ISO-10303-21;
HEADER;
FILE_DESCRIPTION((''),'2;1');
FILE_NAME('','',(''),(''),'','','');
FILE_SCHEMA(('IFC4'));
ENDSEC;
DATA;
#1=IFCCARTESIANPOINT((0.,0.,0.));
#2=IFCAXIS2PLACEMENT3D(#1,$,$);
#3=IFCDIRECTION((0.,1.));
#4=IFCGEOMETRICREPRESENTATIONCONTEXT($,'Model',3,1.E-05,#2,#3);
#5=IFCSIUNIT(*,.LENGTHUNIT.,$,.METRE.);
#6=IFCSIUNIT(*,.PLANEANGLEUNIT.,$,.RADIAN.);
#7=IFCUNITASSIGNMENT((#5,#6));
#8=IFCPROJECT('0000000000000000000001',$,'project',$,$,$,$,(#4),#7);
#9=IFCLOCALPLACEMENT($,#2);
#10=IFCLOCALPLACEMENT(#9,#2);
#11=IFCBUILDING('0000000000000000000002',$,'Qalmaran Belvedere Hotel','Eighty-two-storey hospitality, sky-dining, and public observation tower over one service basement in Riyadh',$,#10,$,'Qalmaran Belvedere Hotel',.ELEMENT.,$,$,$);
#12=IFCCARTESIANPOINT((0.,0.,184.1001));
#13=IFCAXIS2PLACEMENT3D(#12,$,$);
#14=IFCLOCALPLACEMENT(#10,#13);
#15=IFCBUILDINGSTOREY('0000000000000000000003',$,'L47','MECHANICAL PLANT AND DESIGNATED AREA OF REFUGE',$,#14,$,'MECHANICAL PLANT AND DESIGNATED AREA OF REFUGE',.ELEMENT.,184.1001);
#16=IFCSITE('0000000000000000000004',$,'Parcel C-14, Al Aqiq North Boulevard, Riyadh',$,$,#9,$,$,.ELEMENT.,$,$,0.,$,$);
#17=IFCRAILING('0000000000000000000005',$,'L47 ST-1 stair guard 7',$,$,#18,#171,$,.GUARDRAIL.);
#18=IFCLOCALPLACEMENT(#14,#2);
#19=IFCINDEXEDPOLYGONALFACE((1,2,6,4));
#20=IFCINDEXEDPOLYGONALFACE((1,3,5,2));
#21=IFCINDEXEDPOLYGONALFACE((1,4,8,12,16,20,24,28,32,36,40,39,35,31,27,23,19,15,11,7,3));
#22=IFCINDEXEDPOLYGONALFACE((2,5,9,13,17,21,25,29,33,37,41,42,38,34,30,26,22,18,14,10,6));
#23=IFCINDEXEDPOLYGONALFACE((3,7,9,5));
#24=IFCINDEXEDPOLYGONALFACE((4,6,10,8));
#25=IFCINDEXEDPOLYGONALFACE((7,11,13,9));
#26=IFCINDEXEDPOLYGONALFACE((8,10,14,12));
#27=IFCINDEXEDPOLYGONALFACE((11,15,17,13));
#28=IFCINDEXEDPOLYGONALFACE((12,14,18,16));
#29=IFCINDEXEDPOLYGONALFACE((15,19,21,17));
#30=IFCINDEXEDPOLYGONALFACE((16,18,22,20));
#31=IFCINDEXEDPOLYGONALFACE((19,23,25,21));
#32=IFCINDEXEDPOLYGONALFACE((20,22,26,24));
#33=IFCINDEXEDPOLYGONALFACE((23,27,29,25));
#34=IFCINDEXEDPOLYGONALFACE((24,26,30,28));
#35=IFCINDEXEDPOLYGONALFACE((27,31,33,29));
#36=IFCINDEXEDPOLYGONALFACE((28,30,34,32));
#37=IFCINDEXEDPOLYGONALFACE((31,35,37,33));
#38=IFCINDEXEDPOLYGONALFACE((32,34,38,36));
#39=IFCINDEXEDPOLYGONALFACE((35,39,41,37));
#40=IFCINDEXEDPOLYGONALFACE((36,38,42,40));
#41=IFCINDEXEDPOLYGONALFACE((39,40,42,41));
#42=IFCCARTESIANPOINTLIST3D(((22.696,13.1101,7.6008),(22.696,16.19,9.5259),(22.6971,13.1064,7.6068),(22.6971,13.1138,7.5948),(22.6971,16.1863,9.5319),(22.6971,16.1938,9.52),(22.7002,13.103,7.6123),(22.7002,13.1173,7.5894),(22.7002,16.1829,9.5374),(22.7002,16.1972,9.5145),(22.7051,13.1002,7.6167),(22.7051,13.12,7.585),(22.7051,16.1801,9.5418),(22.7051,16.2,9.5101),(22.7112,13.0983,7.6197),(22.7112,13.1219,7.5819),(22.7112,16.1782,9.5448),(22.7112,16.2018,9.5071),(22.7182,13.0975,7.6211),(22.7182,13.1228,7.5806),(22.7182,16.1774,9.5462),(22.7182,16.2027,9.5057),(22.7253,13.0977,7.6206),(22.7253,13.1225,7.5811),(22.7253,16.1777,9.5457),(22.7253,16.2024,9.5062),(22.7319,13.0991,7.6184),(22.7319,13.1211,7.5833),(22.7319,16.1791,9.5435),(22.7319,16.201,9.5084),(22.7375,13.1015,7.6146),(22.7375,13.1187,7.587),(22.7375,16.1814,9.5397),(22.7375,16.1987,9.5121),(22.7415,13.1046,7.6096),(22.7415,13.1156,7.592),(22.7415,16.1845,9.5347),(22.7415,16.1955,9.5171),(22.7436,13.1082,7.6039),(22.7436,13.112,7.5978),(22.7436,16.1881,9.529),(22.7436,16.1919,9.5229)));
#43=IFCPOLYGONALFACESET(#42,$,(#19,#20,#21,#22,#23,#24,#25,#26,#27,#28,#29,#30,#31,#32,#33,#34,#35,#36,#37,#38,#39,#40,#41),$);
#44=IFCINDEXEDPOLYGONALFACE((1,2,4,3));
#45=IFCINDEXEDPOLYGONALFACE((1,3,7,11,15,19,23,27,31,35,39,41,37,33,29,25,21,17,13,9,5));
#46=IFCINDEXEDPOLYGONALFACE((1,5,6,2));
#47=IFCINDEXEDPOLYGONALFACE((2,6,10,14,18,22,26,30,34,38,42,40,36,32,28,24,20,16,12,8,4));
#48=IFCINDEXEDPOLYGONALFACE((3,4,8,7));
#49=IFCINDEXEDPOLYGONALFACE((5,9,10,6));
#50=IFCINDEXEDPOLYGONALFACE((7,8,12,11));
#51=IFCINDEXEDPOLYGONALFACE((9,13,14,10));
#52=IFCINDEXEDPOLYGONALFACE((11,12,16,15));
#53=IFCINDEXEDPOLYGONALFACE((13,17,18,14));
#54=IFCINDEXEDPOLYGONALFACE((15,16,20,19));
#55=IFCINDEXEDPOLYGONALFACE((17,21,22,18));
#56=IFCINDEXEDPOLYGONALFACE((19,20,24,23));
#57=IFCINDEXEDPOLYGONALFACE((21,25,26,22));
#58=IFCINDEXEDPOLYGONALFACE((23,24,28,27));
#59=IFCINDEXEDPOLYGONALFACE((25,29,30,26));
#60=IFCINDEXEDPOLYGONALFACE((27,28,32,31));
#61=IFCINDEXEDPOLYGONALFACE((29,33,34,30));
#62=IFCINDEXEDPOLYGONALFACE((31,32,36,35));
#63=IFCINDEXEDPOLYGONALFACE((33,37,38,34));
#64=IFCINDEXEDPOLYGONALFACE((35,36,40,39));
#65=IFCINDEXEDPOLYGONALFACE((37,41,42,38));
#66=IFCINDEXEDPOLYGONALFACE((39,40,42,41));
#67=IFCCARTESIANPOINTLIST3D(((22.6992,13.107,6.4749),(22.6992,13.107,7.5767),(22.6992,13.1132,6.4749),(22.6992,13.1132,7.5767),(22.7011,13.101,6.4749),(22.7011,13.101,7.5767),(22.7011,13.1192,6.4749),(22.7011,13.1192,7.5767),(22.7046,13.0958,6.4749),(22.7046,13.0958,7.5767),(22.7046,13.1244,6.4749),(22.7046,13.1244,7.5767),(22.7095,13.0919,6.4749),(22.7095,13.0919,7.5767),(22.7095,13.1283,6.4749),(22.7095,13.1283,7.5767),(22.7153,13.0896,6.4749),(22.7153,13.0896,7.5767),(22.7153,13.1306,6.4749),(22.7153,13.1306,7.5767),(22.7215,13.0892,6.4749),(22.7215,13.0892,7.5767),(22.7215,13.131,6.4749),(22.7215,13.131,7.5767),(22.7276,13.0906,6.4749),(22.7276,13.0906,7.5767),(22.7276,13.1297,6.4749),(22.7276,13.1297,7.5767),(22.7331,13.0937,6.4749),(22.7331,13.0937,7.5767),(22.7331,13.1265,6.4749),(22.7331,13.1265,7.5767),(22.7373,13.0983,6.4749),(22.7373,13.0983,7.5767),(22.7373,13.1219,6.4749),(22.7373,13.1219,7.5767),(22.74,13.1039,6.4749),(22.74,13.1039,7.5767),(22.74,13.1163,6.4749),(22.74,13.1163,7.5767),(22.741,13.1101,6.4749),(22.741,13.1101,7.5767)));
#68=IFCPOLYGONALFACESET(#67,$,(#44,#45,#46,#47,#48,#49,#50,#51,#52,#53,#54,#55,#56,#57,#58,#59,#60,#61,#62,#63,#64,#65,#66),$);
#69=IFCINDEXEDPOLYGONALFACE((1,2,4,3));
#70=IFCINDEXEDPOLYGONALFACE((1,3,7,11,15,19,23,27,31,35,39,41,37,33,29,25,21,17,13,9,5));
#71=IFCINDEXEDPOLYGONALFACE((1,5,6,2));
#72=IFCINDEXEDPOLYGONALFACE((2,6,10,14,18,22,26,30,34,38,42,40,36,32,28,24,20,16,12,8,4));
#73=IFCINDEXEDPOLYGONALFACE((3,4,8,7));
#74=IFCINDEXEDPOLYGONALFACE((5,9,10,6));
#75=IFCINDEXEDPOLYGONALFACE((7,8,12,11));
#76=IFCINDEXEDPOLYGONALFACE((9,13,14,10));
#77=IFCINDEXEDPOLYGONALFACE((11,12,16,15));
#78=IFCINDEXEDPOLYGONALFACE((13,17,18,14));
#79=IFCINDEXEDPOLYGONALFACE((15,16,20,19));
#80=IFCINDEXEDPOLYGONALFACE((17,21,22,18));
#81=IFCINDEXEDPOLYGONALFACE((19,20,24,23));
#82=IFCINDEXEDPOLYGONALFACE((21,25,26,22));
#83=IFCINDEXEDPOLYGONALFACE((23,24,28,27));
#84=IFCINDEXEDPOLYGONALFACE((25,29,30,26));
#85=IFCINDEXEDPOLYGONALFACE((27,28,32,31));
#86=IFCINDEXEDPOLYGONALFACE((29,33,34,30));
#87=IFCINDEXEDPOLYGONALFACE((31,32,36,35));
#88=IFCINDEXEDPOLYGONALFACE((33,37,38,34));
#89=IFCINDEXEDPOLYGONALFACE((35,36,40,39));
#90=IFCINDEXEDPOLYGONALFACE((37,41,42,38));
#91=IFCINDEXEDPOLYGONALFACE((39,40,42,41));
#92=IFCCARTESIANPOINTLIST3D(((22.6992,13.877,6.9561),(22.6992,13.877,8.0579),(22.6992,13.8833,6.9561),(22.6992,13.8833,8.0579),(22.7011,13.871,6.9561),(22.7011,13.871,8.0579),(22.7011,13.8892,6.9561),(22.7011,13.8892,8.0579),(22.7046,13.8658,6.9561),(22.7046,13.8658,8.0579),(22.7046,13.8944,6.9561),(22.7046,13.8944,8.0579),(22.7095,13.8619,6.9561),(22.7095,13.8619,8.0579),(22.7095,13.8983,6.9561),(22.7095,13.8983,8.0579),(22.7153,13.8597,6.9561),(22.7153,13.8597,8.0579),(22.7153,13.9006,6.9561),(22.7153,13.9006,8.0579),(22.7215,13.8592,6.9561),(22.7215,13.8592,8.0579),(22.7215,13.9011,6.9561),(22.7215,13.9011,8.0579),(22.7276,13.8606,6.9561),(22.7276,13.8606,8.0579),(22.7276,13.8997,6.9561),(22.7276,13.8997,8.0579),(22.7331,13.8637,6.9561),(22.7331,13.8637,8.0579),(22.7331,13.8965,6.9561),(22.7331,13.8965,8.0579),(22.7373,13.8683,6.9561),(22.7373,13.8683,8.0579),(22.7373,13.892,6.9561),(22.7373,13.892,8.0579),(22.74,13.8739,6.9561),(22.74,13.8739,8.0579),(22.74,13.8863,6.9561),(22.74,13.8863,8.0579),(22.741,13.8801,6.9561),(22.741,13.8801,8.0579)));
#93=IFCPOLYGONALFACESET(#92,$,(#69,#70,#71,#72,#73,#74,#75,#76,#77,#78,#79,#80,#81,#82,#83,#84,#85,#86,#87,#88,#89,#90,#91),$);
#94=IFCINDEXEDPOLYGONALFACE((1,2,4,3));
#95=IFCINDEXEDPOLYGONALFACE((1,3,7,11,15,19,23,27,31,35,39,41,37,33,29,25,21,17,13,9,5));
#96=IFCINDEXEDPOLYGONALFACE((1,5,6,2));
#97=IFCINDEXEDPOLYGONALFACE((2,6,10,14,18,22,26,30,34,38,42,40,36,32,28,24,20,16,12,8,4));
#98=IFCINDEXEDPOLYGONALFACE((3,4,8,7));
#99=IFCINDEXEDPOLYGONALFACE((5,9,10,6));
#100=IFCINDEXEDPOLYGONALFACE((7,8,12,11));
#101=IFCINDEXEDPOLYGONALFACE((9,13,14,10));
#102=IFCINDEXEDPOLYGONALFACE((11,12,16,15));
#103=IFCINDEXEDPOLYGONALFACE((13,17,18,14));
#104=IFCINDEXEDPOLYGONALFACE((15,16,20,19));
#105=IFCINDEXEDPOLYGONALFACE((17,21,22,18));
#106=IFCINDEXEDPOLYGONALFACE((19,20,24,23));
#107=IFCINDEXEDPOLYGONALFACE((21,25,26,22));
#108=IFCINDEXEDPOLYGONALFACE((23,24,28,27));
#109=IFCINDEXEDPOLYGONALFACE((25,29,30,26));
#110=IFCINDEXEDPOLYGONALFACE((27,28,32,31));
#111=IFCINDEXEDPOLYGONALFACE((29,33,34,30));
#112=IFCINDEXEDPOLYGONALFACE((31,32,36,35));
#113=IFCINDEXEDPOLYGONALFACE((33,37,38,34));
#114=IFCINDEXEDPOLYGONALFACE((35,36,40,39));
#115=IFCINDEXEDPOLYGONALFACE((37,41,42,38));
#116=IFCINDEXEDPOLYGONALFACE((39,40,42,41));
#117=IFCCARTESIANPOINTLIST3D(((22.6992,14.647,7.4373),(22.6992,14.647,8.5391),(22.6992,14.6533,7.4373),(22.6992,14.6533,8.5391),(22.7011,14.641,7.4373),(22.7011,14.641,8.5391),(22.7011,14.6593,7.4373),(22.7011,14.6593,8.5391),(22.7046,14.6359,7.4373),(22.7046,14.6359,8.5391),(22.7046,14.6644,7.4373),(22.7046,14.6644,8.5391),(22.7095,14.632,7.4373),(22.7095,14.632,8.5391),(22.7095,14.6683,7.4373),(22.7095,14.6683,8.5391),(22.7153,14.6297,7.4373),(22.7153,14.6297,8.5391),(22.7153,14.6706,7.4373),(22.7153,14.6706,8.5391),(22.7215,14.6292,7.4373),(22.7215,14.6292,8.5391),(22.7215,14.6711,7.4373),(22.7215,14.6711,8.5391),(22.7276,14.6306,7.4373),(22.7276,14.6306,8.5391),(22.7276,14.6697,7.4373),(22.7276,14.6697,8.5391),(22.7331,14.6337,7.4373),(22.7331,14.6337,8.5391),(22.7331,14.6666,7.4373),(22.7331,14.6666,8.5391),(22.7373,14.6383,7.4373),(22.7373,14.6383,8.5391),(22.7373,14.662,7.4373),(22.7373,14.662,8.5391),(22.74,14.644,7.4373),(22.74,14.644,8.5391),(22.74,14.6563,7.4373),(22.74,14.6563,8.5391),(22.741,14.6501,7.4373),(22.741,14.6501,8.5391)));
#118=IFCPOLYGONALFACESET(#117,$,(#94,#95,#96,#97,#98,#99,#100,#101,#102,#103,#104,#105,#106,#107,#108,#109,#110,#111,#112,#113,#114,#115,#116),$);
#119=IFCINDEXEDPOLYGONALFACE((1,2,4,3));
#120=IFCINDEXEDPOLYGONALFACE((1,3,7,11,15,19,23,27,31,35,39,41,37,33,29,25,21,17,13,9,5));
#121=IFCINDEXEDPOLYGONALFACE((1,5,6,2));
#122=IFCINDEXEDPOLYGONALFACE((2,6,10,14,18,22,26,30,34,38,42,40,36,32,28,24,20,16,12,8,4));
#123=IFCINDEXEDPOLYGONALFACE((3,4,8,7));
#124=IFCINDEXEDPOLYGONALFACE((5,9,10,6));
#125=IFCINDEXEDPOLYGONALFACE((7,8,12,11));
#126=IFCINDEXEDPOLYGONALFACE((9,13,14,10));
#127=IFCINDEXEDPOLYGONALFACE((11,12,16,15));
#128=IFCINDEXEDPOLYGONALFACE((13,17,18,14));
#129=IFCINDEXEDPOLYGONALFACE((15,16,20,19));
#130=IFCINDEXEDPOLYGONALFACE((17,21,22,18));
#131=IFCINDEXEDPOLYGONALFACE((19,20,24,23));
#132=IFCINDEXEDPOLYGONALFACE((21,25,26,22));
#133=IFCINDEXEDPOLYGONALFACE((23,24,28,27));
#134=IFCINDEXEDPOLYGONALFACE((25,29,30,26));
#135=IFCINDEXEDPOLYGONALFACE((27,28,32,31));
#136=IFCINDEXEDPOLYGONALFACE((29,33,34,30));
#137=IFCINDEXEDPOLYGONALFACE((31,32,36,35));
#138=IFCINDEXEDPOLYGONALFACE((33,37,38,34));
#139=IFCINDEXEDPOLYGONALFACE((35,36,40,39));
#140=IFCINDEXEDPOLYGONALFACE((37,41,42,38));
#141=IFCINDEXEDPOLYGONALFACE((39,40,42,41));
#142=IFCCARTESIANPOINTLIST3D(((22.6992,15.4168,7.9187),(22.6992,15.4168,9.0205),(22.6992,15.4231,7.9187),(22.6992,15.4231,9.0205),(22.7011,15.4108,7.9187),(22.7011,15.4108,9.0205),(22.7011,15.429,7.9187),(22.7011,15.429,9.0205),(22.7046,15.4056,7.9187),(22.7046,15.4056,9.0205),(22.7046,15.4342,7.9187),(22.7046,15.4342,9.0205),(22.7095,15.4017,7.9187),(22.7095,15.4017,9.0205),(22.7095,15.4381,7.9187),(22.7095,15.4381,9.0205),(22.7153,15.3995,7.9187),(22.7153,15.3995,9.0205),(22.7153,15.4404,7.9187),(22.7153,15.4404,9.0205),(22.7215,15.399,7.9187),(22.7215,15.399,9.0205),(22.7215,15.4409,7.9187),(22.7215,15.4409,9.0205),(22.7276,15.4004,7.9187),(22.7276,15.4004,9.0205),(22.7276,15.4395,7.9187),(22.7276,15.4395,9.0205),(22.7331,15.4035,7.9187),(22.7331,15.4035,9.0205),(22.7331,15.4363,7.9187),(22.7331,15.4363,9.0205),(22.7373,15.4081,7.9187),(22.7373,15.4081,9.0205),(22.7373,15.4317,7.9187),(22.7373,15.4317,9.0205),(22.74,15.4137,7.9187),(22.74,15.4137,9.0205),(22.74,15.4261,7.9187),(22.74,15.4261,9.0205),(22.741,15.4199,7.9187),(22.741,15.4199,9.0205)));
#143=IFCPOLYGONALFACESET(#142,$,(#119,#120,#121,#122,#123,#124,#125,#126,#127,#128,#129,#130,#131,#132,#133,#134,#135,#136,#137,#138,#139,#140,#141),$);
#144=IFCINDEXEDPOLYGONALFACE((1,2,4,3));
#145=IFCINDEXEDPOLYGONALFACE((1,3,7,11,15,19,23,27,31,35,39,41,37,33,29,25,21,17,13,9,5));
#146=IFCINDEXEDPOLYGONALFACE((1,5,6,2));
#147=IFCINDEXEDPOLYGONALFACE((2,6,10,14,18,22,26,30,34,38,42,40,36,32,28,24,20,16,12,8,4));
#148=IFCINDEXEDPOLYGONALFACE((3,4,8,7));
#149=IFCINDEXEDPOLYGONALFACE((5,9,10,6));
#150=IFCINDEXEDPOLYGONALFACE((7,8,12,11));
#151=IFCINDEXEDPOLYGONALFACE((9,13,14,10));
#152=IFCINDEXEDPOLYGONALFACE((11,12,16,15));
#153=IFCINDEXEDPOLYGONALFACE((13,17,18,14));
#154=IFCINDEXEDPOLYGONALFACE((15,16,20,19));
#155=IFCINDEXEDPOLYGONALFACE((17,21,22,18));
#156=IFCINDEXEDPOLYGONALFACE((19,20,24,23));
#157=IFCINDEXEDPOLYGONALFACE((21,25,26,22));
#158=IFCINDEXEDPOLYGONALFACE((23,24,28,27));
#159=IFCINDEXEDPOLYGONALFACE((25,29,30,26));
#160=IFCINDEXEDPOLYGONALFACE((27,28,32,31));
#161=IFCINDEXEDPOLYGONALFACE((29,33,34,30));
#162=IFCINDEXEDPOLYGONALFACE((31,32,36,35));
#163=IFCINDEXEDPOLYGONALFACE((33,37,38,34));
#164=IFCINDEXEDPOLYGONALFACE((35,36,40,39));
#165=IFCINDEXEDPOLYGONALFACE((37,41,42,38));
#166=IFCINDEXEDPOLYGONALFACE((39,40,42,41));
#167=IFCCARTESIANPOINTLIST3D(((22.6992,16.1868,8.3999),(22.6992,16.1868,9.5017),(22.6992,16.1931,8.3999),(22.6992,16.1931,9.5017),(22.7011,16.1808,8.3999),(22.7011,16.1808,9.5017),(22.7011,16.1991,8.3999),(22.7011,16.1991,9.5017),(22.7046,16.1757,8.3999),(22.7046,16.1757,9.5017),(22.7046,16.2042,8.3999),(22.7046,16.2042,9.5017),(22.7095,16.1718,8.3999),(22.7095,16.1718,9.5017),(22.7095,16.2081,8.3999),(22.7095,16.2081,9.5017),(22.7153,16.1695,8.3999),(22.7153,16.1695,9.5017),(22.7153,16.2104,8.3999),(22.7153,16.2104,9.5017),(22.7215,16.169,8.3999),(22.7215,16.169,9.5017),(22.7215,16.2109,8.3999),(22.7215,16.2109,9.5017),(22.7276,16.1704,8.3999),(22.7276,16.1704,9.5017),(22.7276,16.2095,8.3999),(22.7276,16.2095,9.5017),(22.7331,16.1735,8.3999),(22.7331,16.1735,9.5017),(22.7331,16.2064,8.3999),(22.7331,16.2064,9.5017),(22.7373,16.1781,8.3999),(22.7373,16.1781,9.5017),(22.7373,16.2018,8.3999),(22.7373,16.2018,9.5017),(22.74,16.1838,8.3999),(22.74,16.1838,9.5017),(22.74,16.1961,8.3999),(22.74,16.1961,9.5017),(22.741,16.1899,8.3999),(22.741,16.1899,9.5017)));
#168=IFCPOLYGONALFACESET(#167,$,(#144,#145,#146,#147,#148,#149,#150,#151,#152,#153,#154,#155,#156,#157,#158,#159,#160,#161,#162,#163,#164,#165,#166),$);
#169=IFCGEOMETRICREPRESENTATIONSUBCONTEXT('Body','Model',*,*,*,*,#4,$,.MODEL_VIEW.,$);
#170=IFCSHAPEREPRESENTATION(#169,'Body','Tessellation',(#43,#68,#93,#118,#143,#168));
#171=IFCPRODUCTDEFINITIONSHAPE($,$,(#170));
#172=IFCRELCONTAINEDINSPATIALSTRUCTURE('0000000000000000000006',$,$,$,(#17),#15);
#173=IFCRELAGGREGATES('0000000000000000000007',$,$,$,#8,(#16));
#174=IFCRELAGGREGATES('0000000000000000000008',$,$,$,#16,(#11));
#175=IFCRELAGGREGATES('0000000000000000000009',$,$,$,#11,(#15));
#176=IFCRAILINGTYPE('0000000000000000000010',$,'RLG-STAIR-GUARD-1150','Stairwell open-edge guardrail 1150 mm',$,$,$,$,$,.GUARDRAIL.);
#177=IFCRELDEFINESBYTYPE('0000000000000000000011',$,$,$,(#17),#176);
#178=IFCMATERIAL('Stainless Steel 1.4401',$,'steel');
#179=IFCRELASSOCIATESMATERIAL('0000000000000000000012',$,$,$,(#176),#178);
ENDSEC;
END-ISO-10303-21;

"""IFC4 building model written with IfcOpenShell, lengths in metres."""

from ifc_helpers import new_model, si_unit, direction, frame, origin, origin_2d, place, context, subcontext, project, spatial, circle, extrude, material, type_object, element, save


model = new_model("IFC4")

# Units and contexts
model_context = context("Model", 3, precision=1e-05, world=origin(), true_north=direction((0.0, 1.0)))
body_context = subcontext(model_context, "Body", "Model", "MODEL_VIEW")
ifc_project = project(units=[si_unit("LENGTHUNIT", "METRE"), si_unit("PLANEANGLEUNIT", "RADIAN")], contexts=[model_context])

# Site, building, storey
site_placement = place(None, origin())
site = spatial("IfcSite", under=ifc_project, at=site_placement, Name="Parcel C-14, Al Aqiq North Boulevard, Riyadh", CompositionType="ELEMENT", RefElevation=0.0)
building_placement = place(site_placement, origin())
building = spatial("IfcBuilding", under=site, at=building_placement, Name="Qalmaran Belvedere Hotel", Description="Eighty-two-storey hospitality, sky-dining, and public observation tower over one service basement in Riyadh", LongName="Qalmaran Belvedere Hotel", CompositionType="ELEMENT")
storey_placement = place(building_placement, frame((0.0, 0.0, 184.1001)))
storey = spatial("IfcBuildingStorey", under=building, at=storey_placement, Name="L47", Description="MECHANICAL PLANT AND DESIGNATED AREA OF REFUGE", LongName="MECHANICAL PLANT AND DESIGNATED AREA OF REFUGE", CompositionType="ELEMENT", Elevation=184.1001)

# Railing
ifc_material_1 = material(Name="Stainless Steel 1.4401", Category="steel")
railing_type = type_object("IfcRailingType", Name="RLG-STAIR-GUARD-1150", Description="Stairwell open-edge guardrail 1150 mm", PredefinedType="GUARDRAIL", material=ifc_material_1)
railing_1_placement = place(storey_placement, frame((22.72, 13.1101, 6.4749)))
element("IfcRailing", 1, at=railing_1_placement, inside=storey, type_object=railing_type, Name="L47 ST-1 stair guard 7", PredefinedType="GUARDRAIL", context=body_context, shape_type="SweptSolid", body=[
    extrude(circle(Radius=0.0239, at=origin_2d()), frame((0.0, 0.0, 1.126), z_axis=(0.0, 0.847979, 0.530029), x_axis=(-1.0, 0.0, 0.0)), (0.0, 0.0, 1.0), 3.6321),
    extrude(circle(Radius=0.021, at=origin_2d()), origin(), (0.0, 0.0, 1.0), 1.1018),
    extrude(circle(Radius=0.021, at=origin_2d()), frame((0.0, 0.77, 0.4812)), (0.0, 0.0, 1.0), 1.1018),
    extrude(circle(Radius=0.021, at=origin_2d()), frame((0.0, 1.54, 0.9624)), (0.0, 0.0, 1.0), 1.1018),
    extrude(circle(Radius=0.021, at=origin_2d()), frame((0.0, 2.3098, 1.4438)), (0.0, 0.0, 1.0), 1.1018),
    extrude(circle(Radius=0.021, at=origin_2d()), frame((0.0, 3.0798, 1.925)), (0.0, 0.0, 1.0), 1.1018),
])

save(model, "model.ifc")
